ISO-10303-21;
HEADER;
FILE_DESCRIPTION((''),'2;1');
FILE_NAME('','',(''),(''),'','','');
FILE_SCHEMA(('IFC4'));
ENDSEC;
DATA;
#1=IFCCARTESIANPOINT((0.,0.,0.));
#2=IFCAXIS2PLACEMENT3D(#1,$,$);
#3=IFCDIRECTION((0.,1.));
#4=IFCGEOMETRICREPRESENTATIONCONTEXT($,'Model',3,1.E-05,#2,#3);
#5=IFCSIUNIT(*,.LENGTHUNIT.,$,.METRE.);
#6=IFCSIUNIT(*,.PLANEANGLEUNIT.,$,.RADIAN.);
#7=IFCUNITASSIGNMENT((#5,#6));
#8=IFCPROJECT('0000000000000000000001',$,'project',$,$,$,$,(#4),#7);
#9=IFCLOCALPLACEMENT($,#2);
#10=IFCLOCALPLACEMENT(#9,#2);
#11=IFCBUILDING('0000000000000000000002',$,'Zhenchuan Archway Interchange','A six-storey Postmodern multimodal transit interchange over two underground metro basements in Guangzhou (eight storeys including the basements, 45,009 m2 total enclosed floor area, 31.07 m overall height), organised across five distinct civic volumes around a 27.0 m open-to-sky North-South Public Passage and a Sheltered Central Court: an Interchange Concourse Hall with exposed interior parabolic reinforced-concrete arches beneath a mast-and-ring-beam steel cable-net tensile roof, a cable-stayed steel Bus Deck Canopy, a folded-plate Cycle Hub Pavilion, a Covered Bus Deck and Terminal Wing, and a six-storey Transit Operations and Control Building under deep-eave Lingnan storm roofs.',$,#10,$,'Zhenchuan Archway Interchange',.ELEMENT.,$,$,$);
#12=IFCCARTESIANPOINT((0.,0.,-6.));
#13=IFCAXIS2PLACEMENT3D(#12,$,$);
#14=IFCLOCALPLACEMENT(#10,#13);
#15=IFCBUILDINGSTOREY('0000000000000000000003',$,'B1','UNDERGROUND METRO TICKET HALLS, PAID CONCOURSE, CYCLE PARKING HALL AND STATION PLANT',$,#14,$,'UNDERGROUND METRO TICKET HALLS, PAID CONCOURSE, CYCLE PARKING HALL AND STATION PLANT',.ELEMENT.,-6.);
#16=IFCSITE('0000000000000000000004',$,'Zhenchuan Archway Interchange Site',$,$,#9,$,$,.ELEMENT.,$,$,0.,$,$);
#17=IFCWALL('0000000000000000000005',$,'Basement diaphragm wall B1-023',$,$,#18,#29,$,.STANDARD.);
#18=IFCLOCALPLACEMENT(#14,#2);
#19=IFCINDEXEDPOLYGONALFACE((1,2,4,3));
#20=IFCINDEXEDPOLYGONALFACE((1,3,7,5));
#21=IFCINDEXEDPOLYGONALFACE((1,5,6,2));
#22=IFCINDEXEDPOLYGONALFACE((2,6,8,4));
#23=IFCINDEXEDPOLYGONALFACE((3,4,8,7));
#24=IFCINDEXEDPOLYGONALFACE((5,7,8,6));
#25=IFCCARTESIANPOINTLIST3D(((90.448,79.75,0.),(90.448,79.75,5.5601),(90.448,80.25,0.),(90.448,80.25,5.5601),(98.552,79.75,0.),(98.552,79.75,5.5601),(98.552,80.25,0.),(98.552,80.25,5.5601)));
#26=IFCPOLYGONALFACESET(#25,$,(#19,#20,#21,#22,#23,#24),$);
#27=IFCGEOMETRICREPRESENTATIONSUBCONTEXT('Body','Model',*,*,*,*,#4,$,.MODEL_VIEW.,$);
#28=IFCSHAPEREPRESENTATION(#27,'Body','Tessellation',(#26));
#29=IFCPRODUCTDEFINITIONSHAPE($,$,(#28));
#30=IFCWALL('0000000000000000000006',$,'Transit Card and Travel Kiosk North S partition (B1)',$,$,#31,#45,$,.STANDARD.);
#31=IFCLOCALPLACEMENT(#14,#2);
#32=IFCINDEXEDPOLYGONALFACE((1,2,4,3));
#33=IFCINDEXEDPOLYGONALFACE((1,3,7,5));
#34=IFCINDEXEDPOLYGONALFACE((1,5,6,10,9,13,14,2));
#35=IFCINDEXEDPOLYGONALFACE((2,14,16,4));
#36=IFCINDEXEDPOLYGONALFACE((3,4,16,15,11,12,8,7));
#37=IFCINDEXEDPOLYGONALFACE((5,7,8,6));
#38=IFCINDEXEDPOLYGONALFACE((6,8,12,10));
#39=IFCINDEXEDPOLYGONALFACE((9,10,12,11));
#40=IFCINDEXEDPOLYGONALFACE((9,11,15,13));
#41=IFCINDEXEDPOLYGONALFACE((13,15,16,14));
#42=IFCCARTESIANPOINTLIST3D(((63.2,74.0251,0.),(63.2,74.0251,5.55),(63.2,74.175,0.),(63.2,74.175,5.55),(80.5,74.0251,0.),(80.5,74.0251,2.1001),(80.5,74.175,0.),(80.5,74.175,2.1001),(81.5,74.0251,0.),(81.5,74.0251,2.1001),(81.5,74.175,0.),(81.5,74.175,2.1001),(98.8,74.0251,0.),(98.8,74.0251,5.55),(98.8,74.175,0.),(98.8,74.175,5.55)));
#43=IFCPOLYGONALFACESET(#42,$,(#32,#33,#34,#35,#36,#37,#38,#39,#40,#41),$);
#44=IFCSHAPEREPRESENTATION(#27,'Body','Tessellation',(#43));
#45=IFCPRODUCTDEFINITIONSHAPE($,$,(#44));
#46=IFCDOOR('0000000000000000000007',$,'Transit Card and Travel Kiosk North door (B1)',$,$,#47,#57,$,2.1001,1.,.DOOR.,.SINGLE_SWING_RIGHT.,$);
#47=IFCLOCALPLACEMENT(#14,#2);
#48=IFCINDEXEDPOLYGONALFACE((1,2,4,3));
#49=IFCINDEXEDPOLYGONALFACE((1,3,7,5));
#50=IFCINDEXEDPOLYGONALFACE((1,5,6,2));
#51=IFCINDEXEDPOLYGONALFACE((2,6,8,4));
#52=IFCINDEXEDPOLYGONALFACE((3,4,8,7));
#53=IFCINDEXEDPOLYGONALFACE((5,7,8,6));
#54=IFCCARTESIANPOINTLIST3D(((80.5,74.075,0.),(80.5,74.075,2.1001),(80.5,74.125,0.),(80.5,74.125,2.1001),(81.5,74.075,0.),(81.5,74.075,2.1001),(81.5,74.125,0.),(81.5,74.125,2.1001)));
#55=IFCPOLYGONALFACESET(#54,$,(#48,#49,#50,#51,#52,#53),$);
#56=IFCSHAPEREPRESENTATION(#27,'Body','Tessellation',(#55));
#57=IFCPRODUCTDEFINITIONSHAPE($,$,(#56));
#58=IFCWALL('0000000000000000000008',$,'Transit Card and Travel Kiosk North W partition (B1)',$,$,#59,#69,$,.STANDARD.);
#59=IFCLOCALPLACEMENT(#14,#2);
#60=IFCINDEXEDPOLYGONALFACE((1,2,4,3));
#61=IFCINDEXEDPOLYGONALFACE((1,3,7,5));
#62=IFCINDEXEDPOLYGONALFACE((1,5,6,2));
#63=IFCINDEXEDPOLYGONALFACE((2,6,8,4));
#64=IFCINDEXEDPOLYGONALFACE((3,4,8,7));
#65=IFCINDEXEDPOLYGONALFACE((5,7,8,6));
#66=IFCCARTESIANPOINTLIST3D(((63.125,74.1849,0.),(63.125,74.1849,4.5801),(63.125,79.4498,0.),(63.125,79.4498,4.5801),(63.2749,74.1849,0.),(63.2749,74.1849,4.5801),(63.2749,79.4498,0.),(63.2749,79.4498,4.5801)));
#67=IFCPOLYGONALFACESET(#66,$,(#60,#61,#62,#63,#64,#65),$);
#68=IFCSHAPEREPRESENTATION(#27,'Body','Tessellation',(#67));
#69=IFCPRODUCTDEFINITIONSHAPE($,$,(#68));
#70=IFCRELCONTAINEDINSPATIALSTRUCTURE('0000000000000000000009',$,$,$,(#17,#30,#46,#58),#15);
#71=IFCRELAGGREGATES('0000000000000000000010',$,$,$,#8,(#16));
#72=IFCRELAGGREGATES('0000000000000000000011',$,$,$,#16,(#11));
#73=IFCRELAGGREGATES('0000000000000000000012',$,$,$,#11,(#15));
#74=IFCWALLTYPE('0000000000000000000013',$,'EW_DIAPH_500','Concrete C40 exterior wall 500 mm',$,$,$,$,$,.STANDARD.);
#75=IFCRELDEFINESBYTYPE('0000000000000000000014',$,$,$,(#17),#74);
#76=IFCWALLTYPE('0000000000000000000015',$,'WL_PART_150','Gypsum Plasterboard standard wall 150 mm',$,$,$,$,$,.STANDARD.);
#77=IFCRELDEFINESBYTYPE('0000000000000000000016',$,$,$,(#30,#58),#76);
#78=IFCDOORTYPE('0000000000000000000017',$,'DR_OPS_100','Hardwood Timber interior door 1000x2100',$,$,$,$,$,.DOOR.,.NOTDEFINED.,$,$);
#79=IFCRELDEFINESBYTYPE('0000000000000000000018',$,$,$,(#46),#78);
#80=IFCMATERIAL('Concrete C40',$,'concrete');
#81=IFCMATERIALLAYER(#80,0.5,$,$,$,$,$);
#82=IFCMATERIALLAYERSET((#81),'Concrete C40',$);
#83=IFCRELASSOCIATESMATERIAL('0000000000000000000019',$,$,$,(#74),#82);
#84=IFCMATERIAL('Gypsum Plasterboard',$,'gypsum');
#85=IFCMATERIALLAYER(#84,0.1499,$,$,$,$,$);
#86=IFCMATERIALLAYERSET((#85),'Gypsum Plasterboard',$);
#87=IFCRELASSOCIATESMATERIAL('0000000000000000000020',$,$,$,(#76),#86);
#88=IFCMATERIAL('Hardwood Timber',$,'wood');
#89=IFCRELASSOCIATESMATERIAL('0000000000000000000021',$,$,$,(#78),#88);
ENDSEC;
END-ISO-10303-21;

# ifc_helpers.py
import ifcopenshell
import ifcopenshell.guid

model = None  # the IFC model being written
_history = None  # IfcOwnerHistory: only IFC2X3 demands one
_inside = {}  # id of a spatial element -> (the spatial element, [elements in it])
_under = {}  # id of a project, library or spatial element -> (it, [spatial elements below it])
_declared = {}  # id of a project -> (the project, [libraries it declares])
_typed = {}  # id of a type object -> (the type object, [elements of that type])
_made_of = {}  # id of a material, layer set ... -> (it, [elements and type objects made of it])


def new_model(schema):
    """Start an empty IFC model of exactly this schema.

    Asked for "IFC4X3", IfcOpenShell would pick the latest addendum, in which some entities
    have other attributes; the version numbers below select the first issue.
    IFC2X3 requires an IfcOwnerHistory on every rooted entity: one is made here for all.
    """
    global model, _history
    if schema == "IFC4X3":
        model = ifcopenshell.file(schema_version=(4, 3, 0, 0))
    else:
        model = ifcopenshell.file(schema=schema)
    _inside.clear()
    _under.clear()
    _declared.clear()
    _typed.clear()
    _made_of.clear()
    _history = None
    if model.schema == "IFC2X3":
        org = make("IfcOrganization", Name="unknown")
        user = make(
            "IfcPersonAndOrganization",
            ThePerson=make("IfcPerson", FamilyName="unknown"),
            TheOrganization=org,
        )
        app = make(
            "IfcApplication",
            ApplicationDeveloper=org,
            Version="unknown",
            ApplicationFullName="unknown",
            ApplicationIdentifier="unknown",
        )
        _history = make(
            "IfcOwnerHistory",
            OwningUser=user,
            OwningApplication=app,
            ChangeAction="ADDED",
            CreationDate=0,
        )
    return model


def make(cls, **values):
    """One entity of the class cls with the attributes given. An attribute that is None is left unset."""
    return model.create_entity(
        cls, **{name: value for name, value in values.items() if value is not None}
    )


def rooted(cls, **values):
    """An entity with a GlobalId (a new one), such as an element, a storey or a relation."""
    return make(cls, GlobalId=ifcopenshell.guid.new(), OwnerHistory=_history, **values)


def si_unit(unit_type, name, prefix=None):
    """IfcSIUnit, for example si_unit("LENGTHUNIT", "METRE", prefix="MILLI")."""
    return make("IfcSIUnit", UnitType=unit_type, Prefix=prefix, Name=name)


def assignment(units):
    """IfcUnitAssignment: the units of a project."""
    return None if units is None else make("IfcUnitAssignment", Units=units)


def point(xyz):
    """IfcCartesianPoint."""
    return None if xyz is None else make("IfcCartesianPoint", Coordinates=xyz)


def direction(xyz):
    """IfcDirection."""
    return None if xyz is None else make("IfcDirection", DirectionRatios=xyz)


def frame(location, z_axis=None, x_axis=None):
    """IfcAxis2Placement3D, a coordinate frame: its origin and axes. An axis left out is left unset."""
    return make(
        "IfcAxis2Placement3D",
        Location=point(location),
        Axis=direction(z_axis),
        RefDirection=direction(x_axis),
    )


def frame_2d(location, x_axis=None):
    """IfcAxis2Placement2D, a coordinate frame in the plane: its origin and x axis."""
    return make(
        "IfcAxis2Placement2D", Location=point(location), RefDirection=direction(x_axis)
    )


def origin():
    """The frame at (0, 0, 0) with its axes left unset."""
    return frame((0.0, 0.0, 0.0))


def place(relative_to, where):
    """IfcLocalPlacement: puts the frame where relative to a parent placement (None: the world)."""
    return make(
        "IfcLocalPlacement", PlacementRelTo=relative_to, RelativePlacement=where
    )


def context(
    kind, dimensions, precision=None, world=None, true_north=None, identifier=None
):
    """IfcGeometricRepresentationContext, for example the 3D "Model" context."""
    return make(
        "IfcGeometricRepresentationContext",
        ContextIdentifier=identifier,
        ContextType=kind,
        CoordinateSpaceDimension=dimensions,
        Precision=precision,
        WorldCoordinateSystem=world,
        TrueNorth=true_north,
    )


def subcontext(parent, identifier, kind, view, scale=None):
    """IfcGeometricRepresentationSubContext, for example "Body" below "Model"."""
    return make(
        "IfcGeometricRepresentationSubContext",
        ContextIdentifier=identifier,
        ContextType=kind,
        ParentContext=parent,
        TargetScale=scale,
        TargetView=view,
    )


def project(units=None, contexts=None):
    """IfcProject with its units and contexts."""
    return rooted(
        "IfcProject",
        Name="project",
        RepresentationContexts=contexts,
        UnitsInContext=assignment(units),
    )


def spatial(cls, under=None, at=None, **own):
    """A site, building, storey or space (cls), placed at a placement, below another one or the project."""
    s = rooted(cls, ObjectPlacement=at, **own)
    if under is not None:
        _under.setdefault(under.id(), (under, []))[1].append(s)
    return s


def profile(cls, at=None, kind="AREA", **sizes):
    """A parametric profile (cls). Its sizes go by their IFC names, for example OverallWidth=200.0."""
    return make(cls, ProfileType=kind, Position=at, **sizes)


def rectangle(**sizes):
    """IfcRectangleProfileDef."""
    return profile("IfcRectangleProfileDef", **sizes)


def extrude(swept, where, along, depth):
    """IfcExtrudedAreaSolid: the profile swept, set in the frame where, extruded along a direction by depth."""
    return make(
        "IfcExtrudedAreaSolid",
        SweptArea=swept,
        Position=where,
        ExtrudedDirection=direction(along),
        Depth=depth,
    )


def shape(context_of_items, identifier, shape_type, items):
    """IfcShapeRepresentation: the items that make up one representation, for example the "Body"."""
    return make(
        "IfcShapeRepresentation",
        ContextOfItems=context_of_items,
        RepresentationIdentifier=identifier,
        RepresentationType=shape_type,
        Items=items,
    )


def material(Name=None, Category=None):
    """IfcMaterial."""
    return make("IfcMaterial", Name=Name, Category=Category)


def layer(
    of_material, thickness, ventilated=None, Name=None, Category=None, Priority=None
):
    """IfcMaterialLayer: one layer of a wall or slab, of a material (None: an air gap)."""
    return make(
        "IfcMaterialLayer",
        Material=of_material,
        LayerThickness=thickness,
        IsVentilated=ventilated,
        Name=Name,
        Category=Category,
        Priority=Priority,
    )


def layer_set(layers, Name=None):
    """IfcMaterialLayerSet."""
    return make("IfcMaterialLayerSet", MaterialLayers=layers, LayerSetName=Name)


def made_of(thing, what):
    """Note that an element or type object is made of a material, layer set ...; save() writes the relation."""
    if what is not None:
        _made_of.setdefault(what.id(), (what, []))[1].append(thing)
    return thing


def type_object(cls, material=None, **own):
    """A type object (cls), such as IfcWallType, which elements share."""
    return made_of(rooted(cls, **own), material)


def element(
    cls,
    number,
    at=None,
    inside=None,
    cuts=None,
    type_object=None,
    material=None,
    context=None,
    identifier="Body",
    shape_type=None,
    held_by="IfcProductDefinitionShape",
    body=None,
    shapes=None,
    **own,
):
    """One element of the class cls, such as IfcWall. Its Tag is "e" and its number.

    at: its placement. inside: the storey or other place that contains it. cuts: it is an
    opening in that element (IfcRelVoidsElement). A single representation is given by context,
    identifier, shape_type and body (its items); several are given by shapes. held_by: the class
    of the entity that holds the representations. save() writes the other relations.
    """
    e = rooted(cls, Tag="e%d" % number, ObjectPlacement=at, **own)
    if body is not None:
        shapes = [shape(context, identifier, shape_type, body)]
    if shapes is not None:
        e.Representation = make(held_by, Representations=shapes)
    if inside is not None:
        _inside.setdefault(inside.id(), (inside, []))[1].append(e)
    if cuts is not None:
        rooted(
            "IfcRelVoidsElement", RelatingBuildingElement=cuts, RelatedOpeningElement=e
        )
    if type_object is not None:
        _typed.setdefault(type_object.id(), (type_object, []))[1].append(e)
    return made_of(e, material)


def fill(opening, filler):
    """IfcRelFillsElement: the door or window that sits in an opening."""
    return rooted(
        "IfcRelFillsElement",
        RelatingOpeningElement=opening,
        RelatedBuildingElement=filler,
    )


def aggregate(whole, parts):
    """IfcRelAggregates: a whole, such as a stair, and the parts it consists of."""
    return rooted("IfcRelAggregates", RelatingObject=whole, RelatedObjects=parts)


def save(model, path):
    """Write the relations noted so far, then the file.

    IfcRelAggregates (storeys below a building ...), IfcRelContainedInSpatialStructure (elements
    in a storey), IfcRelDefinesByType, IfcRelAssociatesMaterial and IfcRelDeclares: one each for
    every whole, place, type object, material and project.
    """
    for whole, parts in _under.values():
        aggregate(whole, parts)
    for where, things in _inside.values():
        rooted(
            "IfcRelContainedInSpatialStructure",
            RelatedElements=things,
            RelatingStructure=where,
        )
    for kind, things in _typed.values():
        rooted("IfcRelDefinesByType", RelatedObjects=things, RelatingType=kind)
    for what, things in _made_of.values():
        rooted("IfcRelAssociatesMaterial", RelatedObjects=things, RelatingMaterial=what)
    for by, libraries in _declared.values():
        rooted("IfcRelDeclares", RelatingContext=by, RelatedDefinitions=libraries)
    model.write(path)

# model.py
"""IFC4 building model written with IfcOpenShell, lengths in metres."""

from ifc_helpers import new_model, si_unit, direction, frame, frame_2d, origin, place, context, subcontext, project, spatial, rectangle, extrude, material, layer, layer_set, type_object, element, fill, save


model = new_model("IFC4")

# Units and contexts
model_context = context("Model", 3, precision=1e-05, world=origin(), true_north=direction((0.0, 1.0)))
body_context = subcontext(model_context, "Body", "Model", "MODEL_VIEW")
ifc_project = project(units=[si_unit("LENGTHUNIT", "METRE"), si_unit("PLANEANGLEUNIT", "RADIAN")], contexts=[model_context])

# Site, building, storey
site_placement = place(None, origin())
site = spatial("IfcSite", under=ifc_project, at=site_placement, Name="Zhenchuan Archway Interchange Site", CompositionType="ELEMENT", RefElevation=0.0)
building_placement = place(site_placement, origin())
building = spatial("IfcBuilding", under=site, at=building_placement, Name="Zhenchuan Archway Interchange", Description="A six-storey Postmodern multimodal transit interchange over two underground metro basements in Guangzhou (eight storeys including the basements, 45,009 m2 total enclosed floor area, 31.07 m overall height), organised across five distinct civic volumes around a 27.0 m open-to-sky North-South Public Passage and a Sheltered Central Court: an Interchange Concourse Hall with exposed interior parabolic reinforced-concrete arches beneath a mast-and-ring-beam steel cable-net tensile roof, a cable-stayed steel Bus Deck Canopy, a folded-plate Cycle Hub Pavilion, a Covered Bus Deck and Terminal Wing, and a six-storey Transit Operations and Control Building under deep-eave Lingnan storm roofs.", LongName="Zhenchuan Archway Interchange", CompositionType="ELEMENT")
storey_placement = place(building_placement, frame((0.0, 0.0, -6.0)))
storey = spatial("IfcBuildingStorey", under=building, at=storey_placement, Name="B1", Description="UNDERGROUND METRO TICKET HALLS, PAID CONCOURSE, CYCLE PARKING HALL AND STATION PLANT", LongName="UNDERGROUND METRO TICKET HALLS, PAID CONCOURSE, CYCLE PARKING HALL AND STATION PLANT", CompositionType="ELEMENT", Elevation=-6.0)

# Shared definitions
ifc_material_1 = material(Name="Concrete C40", Category="concrete")

# Wall
ifc_layer_1 = layer(ifc_material_1, 0.5)
ifc_layer_set_1 = layer_set([ifc_layer_1], Name="Concrete C40")
wall_type_1 = type_object("IfcWallType", Name="EW_DIAPH_500", Description="Concrete C40 exterior wall 500 mm", PredefinedType="STANDARD", material=ifc_layer_set_1)
wall_1_placement = place(storey_placement, frame((90.448, 80.0, 0.0), z_axis=(0.0, 0.0, 1.0), x_axis=(1.0, 0.0, 0.0)))
element("IfcWall", 1, at=wall_1_placement, inside=storey, type_object=wall_type_1, Name="Basement diaphragm wall B1-023", PredefinedType="STANDARD", context=body_context, shape_type="SweptSolid", body=[
    extrude(rectangle(XDim=8.104, YDim=0.5, at=frame_2d((4.052, 0.0))), origin(), (0.0, 0.0, 1.0), 5.5601),
])

# Wall, opening, door
ifc_material_2 = material(Name="Gypsum Plasterboard", Category="gypsum")
ifc_layer_2 = layer(ifc_material_2, 0.1499)
ifc_layer_set_2 = layer_set([ifc_layer_2], Name="Gypsum Plasterboard")
wall_type_2 = type_object("IfcWallType", Name="WL_PART_150", Description="Gypsum Plasterboard standard wall 150 mm", PredefinedType="STANDARD", material=ifc_layer_set_2)
wall_2_placement = place(storey_placement, frame((63.2, 74.1001, 0.0), z_axis=(0.0, 0.0, 1.0), x_axis=(1.0, 0.0, 0.0)))
wall_2 = element("IfcWall", 2, at=wall_2_placement, inside=storey, type_object=wall_type_2, Name="Transit Card and Travel Kiosk North S partition (B1)", PredefinedType="STANDARD", context=body_context, shape_type="SweptSolid", body=[
    extrude(rectangle(XDim=35.6001, YDim=0.1499, at=frame_2d((17.8, 0.0))), origin(), (0.0, 0.0, 1.0), 5.55),
])
opening_placement = place(wall_2_placement, frame((17.3, 0.0, 0.0)))
opening = element("IfcOpeningElement", 3, at=opening_placement, cuts=wall_2, PredefinedType="OPENING", context=body_context, shape_type="SweptSolid", body=[
    extrude(rectangle(XDim=1.0, YDim=2.1001, at=frame_2d((0.5, 1.05))), frame((0.0, 0.0869, 0.0), z_axis=(0.0, -1.0, 0.0), x_axis=(1.0, 0.0, 0.0)), (0.0, 0.0, 1.0), 0.1738),
])
ifc_material_3 = material(Name="Hardwood Timber", Category="wood")
door_type = type_object("IfcDoorType", Name="DR_OPS_100", Description="Hardwood Timber interior door 1000x2100", OperationType="NOTDEFINED", PredefinedType="DOOR", material=ifc_material_3)
door_placement = place(opening_placement, origin())
door = element("IfcDoor", 4, at=door_placement, inside=storey, type_object=door_type, Name="Transit Card and Travel Kiosk North door (B1)", OperationType="SINGLE_SWING_RIGHT", OverallHeight=2.1001, OverallWidth=1.0, PredefinedType="DOOR", context=body_context, shape_type="SweptSolid", body=[
    extrude(rectangle(XDim=1.0, YDim=2.1001, at=frame_2d((0.5, 1.05))), frame((0.0, 0.0249, 0.0), z_axis=(0.0, -1.0, 0.0), x_axis=(1.0, 0.0, 0.0)), (0.0, 0.0, 1.0), 0.05),
])
fill(opening, door)

# Wall
wall_3_placement = place(storey_placement, frame((63.2, 74.1851, 0.0), z_axis=(0.0, 0.0, 1.0), x_axis=(0.0, 1.0, 0.0)))
element("IfcWall", 5, at=wall_3_placement, inside=storey, type_object=wall_type_2, Name="Transit Card and Travel Kiosk North W partition (B1)", PredefinedType="STANDARD", context=body_context, shape_type="SweptSolid", body=[
    extrude(rectangle(XDim=5.2649, YDim=0.1499, at=frame_2d((2.6323, 0.0))), origin(), (0.0, 0.0, 1.0), 4.5801),
])

save(model, "model.ifc")
